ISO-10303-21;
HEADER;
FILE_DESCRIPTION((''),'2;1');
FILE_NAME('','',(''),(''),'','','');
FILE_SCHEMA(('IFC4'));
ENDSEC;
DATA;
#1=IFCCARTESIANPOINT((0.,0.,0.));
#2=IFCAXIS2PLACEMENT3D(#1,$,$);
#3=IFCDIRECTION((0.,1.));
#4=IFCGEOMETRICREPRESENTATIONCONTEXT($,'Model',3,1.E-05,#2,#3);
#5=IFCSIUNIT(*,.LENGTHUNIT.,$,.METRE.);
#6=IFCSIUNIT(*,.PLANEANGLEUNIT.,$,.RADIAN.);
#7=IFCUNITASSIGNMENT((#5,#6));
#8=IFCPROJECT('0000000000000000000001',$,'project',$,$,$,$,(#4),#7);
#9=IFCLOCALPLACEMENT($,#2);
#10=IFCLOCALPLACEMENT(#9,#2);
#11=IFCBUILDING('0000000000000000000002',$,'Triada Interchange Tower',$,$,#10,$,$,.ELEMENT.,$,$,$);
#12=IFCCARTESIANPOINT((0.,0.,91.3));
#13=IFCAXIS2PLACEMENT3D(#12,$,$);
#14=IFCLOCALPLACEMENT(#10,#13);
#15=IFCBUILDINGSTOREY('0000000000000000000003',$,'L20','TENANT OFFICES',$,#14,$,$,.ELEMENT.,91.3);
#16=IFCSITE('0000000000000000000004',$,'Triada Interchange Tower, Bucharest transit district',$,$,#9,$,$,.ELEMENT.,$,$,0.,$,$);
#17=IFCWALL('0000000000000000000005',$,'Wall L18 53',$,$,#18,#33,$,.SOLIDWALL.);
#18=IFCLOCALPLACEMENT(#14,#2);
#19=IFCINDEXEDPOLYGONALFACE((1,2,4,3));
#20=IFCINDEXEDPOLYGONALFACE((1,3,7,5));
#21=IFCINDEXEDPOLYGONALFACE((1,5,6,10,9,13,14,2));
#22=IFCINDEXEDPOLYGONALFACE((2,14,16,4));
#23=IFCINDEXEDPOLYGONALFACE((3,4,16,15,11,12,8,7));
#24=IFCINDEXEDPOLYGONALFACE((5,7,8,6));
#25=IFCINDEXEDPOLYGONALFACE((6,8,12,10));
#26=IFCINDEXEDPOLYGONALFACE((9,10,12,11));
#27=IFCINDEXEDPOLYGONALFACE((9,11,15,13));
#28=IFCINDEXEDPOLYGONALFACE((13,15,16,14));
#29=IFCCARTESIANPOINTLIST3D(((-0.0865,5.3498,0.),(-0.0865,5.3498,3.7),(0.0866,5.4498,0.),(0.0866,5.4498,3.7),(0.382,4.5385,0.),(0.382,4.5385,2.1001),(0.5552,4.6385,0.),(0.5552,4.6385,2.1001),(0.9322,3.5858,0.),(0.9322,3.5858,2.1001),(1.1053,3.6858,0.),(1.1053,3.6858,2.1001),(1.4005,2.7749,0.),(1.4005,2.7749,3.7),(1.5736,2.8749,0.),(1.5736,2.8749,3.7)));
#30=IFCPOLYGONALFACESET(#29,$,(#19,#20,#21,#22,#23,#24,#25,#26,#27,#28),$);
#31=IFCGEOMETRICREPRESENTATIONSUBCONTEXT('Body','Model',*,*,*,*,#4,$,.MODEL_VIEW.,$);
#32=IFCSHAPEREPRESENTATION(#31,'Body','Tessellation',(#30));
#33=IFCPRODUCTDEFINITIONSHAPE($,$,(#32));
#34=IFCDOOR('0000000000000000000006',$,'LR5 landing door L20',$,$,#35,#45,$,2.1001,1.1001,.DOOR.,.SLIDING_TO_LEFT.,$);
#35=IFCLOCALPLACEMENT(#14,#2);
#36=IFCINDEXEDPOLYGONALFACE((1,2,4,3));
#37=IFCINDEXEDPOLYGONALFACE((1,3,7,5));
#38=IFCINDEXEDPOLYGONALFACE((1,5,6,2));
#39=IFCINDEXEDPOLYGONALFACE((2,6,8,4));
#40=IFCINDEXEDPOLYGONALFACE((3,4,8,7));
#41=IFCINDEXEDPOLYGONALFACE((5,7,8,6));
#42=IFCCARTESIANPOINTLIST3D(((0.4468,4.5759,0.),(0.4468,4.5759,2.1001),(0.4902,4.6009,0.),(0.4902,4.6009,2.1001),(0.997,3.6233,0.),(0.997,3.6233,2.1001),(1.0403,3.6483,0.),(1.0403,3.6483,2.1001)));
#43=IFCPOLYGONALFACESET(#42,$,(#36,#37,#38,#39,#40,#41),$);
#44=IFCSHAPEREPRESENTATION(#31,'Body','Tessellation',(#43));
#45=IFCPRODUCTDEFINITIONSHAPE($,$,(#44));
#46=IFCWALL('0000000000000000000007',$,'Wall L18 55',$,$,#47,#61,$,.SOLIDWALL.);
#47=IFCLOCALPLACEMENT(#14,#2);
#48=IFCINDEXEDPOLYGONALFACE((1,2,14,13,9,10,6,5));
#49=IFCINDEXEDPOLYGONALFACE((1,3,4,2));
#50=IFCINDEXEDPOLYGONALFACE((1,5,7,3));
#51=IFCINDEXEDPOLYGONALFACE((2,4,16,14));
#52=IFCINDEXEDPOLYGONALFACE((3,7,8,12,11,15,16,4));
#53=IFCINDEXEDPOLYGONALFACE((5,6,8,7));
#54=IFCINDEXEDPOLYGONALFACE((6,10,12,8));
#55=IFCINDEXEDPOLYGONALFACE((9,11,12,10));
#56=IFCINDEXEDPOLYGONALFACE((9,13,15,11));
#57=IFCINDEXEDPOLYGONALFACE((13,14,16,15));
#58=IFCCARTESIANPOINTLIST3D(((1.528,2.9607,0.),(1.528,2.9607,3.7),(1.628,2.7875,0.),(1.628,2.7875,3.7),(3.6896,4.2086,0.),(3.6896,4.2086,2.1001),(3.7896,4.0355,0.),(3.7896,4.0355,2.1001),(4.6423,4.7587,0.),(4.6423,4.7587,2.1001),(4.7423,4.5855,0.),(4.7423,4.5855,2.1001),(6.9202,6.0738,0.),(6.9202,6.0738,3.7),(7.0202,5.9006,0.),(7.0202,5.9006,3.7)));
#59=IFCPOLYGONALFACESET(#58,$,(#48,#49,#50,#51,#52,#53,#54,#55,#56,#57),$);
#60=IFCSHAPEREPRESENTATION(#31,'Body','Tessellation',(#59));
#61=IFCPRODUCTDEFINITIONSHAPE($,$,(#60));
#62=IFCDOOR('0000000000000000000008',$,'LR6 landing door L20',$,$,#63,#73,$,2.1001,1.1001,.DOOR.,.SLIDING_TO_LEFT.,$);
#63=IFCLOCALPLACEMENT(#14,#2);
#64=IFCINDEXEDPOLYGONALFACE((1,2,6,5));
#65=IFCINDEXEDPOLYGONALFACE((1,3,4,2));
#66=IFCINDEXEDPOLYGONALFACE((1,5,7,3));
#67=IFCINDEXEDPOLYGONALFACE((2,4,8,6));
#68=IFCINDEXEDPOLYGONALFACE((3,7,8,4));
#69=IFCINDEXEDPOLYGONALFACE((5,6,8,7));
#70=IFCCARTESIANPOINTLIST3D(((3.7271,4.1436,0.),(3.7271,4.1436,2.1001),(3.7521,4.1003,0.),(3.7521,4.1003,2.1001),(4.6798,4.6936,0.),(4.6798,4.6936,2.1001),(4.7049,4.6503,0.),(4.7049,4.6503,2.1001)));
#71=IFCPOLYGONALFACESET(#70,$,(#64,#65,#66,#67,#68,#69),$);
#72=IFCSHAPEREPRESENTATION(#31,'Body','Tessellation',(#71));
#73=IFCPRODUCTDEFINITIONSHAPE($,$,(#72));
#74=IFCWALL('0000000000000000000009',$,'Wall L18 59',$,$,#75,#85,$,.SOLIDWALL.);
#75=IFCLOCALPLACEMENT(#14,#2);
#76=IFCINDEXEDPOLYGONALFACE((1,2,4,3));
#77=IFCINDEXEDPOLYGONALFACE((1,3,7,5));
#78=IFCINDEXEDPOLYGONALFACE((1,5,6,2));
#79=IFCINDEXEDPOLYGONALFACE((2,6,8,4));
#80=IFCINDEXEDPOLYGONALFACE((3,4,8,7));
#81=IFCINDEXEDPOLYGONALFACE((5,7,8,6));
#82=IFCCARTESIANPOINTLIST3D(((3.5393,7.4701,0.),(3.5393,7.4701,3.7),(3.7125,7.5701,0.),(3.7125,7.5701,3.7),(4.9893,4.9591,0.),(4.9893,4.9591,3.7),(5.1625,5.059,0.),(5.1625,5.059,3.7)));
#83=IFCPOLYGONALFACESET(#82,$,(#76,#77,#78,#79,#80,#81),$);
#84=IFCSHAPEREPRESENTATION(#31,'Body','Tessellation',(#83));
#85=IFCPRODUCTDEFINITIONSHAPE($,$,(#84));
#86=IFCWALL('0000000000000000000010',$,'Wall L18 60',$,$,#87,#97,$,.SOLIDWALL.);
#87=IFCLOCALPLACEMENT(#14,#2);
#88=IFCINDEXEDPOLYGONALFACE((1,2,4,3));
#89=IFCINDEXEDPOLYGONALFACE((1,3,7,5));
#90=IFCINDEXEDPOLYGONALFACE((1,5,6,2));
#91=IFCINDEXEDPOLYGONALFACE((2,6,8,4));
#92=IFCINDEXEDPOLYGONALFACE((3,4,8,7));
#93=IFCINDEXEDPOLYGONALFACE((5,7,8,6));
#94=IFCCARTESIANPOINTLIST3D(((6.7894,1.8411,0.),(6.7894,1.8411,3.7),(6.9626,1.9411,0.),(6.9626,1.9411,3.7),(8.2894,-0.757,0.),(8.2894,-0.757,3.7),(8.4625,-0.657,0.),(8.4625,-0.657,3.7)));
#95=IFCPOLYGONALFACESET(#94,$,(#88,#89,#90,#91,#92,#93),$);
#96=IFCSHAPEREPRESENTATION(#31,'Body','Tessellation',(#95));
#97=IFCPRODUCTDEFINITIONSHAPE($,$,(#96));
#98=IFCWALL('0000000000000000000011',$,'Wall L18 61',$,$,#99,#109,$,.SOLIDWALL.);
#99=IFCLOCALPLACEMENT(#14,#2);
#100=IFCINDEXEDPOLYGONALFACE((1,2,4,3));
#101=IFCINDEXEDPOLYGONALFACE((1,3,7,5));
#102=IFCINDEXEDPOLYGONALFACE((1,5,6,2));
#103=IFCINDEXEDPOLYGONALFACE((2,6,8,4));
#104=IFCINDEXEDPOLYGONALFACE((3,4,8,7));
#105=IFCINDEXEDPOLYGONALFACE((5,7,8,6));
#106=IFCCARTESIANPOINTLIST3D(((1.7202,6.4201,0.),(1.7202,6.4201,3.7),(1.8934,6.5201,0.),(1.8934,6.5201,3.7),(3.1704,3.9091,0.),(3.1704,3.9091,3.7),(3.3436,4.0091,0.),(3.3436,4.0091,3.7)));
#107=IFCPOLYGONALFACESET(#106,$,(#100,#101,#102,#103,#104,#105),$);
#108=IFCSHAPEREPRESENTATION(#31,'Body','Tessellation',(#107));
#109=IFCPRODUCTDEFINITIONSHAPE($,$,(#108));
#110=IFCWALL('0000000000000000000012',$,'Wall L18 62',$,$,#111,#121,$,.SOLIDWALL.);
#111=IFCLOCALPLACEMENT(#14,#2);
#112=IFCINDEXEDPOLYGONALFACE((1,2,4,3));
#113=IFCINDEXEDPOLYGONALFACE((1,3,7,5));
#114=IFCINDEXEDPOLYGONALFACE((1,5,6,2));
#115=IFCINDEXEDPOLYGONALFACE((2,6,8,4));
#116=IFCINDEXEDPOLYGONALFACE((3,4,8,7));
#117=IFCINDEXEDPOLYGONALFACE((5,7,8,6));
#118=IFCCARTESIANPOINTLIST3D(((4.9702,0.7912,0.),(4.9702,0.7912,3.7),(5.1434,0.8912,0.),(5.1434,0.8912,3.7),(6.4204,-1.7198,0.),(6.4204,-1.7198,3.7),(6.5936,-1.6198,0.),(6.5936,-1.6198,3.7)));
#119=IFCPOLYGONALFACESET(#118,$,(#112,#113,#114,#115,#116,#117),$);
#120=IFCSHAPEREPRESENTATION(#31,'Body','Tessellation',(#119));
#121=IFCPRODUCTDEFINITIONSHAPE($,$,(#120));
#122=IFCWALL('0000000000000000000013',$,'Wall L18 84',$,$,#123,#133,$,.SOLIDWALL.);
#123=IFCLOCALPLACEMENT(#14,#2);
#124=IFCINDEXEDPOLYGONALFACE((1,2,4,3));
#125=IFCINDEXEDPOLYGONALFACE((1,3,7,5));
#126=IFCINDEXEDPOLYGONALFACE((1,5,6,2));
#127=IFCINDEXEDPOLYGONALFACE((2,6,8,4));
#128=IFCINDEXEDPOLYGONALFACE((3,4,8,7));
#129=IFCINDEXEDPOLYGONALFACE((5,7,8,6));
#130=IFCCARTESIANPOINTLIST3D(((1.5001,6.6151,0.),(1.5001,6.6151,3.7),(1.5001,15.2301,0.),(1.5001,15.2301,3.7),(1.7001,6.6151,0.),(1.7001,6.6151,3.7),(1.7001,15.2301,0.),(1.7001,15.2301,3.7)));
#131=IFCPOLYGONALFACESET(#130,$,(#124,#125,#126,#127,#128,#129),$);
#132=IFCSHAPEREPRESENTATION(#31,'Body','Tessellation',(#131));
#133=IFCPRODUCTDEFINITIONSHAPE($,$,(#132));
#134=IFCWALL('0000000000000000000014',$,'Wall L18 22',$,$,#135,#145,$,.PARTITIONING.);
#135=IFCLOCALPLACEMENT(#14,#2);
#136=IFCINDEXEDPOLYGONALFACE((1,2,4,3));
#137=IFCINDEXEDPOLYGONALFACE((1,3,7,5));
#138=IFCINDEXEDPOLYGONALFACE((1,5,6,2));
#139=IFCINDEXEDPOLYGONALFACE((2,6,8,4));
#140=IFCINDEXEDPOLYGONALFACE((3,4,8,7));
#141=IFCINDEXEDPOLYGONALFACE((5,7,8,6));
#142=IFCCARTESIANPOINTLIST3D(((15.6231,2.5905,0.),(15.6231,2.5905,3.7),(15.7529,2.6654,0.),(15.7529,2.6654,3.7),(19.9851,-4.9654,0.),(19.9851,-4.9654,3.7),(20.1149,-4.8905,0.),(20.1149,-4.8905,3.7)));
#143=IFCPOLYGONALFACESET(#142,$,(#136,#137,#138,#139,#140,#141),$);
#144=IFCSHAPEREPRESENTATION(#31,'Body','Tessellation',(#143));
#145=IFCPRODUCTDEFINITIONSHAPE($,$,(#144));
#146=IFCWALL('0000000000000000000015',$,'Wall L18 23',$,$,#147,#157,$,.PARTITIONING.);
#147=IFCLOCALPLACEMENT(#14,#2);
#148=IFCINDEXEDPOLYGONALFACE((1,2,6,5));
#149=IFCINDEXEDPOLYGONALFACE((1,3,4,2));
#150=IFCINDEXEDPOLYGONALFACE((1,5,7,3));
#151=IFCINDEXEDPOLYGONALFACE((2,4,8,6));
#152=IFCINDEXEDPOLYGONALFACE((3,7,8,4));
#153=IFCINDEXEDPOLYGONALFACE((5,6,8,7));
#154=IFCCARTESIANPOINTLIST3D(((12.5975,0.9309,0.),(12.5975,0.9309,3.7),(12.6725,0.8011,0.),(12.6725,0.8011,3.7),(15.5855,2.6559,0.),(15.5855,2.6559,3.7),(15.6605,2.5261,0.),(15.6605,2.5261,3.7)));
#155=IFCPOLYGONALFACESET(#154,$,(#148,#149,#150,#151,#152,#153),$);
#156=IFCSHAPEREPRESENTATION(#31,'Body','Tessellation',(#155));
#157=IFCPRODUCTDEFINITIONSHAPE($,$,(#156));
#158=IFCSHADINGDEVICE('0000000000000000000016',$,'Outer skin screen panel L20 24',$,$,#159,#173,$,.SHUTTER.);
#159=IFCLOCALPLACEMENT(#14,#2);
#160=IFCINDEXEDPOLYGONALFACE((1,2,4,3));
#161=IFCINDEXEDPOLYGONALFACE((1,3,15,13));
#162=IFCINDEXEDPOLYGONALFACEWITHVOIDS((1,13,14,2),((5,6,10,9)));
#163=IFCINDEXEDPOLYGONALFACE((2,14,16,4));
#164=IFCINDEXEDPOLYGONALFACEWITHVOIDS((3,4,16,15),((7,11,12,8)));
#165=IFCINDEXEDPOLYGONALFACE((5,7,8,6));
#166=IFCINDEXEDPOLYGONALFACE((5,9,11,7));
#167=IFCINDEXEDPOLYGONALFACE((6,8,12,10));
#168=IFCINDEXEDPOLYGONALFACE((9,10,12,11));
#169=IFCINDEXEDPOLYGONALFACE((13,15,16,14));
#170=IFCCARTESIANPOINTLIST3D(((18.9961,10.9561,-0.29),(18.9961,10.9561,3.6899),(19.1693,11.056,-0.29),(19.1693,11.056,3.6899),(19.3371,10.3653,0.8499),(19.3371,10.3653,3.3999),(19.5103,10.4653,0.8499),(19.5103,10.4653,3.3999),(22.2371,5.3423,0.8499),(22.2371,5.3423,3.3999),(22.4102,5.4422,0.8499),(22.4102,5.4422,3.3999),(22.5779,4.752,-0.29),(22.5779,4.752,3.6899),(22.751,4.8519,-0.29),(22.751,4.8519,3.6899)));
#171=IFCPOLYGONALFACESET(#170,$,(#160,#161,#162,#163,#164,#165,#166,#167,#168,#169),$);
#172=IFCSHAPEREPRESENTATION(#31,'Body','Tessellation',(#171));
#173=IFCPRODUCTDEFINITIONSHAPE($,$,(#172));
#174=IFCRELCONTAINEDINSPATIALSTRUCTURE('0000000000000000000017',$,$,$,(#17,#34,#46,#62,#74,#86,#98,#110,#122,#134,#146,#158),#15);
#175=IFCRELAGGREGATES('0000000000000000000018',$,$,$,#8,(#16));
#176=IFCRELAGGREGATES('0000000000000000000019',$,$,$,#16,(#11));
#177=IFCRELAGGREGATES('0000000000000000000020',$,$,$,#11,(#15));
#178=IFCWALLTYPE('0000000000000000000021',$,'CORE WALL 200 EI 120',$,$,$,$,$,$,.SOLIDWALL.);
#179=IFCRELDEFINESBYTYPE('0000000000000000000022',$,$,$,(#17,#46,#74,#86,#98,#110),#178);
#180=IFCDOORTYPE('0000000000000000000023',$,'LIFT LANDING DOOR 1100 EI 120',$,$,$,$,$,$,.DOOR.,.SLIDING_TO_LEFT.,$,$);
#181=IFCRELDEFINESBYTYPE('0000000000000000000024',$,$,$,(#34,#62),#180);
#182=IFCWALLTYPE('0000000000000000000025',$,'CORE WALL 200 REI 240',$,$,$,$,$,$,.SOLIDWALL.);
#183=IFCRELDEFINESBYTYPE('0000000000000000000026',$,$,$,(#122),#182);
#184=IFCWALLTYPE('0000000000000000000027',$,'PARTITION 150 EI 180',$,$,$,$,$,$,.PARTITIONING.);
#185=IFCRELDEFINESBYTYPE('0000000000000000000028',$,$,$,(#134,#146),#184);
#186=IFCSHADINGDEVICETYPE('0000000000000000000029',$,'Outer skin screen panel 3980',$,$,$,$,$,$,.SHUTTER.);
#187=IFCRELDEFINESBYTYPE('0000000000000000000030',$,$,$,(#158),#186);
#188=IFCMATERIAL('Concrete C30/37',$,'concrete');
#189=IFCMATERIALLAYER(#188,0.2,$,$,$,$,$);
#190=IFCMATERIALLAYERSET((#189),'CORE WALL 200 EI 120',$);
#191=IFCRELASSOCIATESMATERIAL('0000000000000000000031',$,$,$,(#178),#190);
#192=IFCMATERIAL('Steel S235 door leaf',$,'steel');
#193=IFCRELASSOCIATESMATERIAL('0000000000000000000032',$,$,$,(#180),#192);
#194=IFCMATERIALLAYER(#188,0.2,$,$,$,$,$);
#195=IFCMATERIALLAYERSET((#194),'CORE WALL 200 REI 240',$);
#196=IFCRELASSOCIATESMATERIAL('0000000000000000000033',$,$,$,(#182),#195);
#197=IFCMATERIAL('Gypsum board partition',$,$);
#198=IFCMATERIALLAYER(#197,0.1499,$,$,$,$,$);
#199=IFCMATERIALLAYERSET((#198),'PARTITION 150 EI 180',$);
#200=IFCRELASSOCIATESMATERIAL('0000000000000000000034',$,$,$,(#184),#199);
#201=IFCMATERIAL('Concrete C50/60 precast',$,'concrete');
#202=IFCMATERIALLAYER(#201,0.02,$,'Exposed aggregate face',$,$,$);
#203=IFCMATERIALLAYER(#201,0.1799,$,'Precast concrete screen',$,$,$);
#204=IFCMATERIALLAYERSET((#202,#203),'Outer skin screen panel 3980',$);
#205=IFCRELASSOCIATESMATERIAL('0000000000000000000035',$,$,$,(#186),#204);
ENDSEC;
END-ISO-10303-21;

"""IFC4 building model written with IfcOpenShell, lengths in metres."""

from ifc_helpers import new_model, si_unit, direction, frame, frame_2d, origin, place, context, subcontext, project, spatial, polyline, rectangle, outline, extrude, material, layer, layer_set, type_object, element, fill, save


model = new_model("IFC4")

# Units and contexts
model_context = context("Model", 3, precision=1e-05, world=origin(), true_north=direction((0.0, 1.0)))
body_context = subcontext(model_context, "Body", "Model", "MODEL_VIEW")
ifc_project = project(units=[si_unit("LENGTHUNIT", "METRE"), si_unit("PLANEANGLEUNIT", "RADIAN")], contexts=[model_context])

# Site, building, storey
site_placement = place(None, origin())
site = spatial("IfcSite", under=ifc_project, at=site_placement, Name="Triada Interchange Tower, Bucharest transit district", CompositionType="ELEMENT", RefElevation=0.0)
building_placement = place(site_placement, origin())
building = spatial("IfcBuilding", under=site, at=building_placement, Name="Triada Interchange Tower", CompositionType="ELEMENT")
storey_placement = place(building_placement, frame((0.0, 0.0, 91.3)))
storey = spatial("IfcBuildingStorey", under=building, at=storey_placement, Name="L20", Description="TENANT OFFICES", CompositionType="ELEMENT", Elevation=91.3)

# Walls, openings, doors
ifc_material_1 = material(Name="Concrete C30/37", Category="concrete")
ifc_layer_1 = layer(ifc_material_1, 0.2)
ifc_layer_set_1 = layer_set([ifc_layer_1], Name="CORE WALL 200 EI 120")
wall_type_1 = type_object("IfcWallType", Name="CORE WALL 200 EI 120", PredefinedType="SOLIDWALL", material=ifc_layer_set_1)
wall_1_placement = place(storey_placement, frame((0.0, 5.3999, 0.0), z_axis=(0.0, 0.0, 1.0), x_axis=(0.500104, -0.865965, 0.0)))
wall_1 = element("IfcWall", 1, at=wall_1_placement, inside=storey, type_object=wall_type_1, Name="Wall L18 53", PredefinedType="SOLIDWALL", context=body_context, shape_type="SweptSolid", body=[
    extrude(rectangle(XDim=2.9734, YDim=0.2, at=frame_2d((1.4868, 0.0))), origin(), (0.0, 0.0, 1.0), 3.7),
])
opening_1_placement = place(wall_1_placement, frame((0.937, 0.0, 0.0)))
opening_1 = element("IfcOpeningElement", 2, at=opening_1_placement, cuts=wall_1, PredefinedType="OPENING", context=body_context, shape_type="SweptSolid", body=[
    extrude(rectangle(XDim=1.1001, YDim=2.1001, at=frame_2d((0.55, 1.05))), frame((0.0, 0.1099, 0.0), z_axis=(0.0, -1.0, 0.0), x_axis=(1.0, 0.0, 0.0)), (0.0, 0.0, 1.0), 0.22),
])
ifc_material_2 = material(Name="Steel S235 door leaf", Category="steel")
door_type = type_object("IfcDoorType", Name="LIFT LANDING DOOR 1100 EI 120", OperationType="SLIDING_TO_LEFT", PredefinedType="DOOR", material=ifc_material_2)
door_1_placement = place(opening_1_placement, origin())
door_1 = element("IfcDoor", 3, at=door_1_placement, inside=storey, type_object=door_type, Name="LR5 landing door L20", OperationType="SLIDING_TO_LEFT", OverallHeight=2.1001, OverallWidth=1.1001, PredefinedType="DOOR", context=body_context, shape_type="SweptSolid", body=[
    extrude(rectangle(XDim=1.1001, YDim=2.1001, at=frame_2d((0.55, 1.05))), frame((0.0, 0.0249, 0.0), z_axis=(0.0, -1.0, 0.0), x_axis=(1.0, 0.0, 0.0)), (0.0, 0.0, 1.0), 0.05),
])
fill(opening_1, door_1)
wall_2_placement = place(storey_placement, frame((1.5779, 2.874, 0.0), z_axis=(0.0, 0.0, 1.0), x_axis=(0.866031, 0.499989, 0.0)))
wall_2 = element("IfcWall", 4, at=wall_2_placement, inside=storey, type_object=wall_type_1, Name="Wall L18 55", PredefinedType="SOLIDWALL", context=body_context, shape_type="SweptSolid", body=[
    extrude(rectangle(XDim=6.2263, YDim=0.2, at=frame_2d((3.1133, 0.0))), origin(), (0.0, 0.0, 1.0), 3.7),
])
opening_2_placement = place(wall_2_placement, frame((2.4961, 0.0, 0.0)))
opening_2 = element("IfcOpeningElement", 5, at=opening_2_placement, cuts=wall_2, PredefinedType="OPENING", context=body_context, shape_type="SweptSolid", body=[
    extrude(rectangle(XDim=1.1001, YDim=2.1001, at=frame_2d((0.55, 1.05))), frame((0.0, 0.1099, 0.0), z_axis=(0.0, -1.0, 0.0), x_axis=(1.0, 0.0, 0.0)), (0.0, 0.0, 1.0), 0.22),
])
door_2_placement = place(opening_2_placement, origin())
door_2 = element("IfcDoor", 6, at=door_2_placement, inside=storey, type_object=door_type, Name="LR6 landing door L20", OperationType="SLIDING_TO_LEFT", OverallHeight=2.1001, OverallWidth=1.1001, PredefinedType="DOOR", context=body_context, shape_type="SweptSolid", body=[
    extrude(rectangle(XDim=1.1001, YDim=2.1001, at=frame_2d((0.55, 1.05))), frame((0.0, 0.0249, 0.0), z_axis=(0.0, -1.0, 0.0), x_axis=(1.0, 0.0, 0.0)), (0.0, 0.0, 1.0), 0.05),
])
fill(opening_2, door_2)

# Walls
wall_3_placement = place(storey_placement, frame((3.626, 7.52, 0.0), z_axis=(0.0, 0.0, 1.0), x_axis=(0.50006, -0.865991, 0.0)))
element("IfcWall", 7, at=wall_3_placement, inside=storey, type_object=wall_type_1, Name="Wall L18 59", PredefinedType="SOLIDWALL", context=body_context, shape_type="SweptSolid", body=[
    extrude(rectangle(XDim=2.8997, YDim=0.2, at=frame_2d((1.4497, 0.0))), origin(), (0.0, 0.0, 1.0), 3.7),
])
wall_4_placement = place(storey_placement, frame((6.876, 1.8911, 0.0), z_axis=(0.0, 0.0, 1.0), x_axis=(0.49999, -0.866031, 0.0)))
element("IfcWall", 8, at=wall_4_placement, inside=storey, type_object=wall_type_1, Name="Wall L18 60", PredefinedType="SOLIDWALL", context=body_context, shape_type="SweptSolid", body=[
    extrude(rectangle(XDim=3.0, YDim=0.2, at=frame_2d((1.5, 0.0))), origin(), (0.0, 0.0, 1.0), 3.7),
])
for number, where, z_axis, x_axis, name in (
    (9, (1.8069, 6.47, 0.0), (0.0, 0.0, 1.0), (0.500123, -0.865954, 0.0), "Wall L18 61"),
    (10, (5.0569, 0.8411, 0.0), (0.0, 0.0, 1.0), (0.500123, -0.865954, 0.0), "Wall L18 62"),
):
    element("IfcWall", number, at=place(storey_placement, frame(where, z_axis=z_axis, x_axis=x_axis)), inside=storey, type_object=wall_type_1, Name=name, PredefinedType="SOLIDWALL", context=body_context, shape_type="SweptSolid", body=[
        extrude(rectangle(XDim=2.8997, YDim=0.2, at=frame_2d((1.4497, 0.0))), origin(), (0.0, 0.0, 1.0), 3.7),
    ])
ifc_layer_2 = layer(ifc_material_1, 0.2)
ifc_layer_set_2 = layer_set([ifc_layer_2], Name="CORE WALL 200 REI 240")
wall_type_2 = type_object("IfcWallType", Name="CORE WALL 200 REI 240", PredefinedType="SOLIDWALL", material=ifc_layer_set_2)
wall_5_placement = place(storey_placement, frame((1.6001, 6.615, 0.0), z_axis=(0.0, 0.0, 1.0), x_axis=(0.0, 1.0, 0.0)))
element("IfcWall", 11, at=wall_5_placement, inside=storey, type_object=wall_type_2, Name="Wall L18 84", PredefinedType="SOLIDWALL", context=body_context, shape_type="SweptSolid", body=[
    extrude(rectangle(XDim=8.615, YDim=0.2, at=frame_2d((4.3076, 0.0))), origin(), (0.0, 0.0, 1.0), 3.7),
])
ifc_material_3 = material(Name="Gypsum board partition")
ifc_layer_3 = layer(ifc_material_3, 0.1499)
ifc_layer_set_3 = layer_set([ifc_layer_3], Name="PARTITION 150 EI 180")
wall_type_3 = type_object("IfcWallType", Name="PARTITION 150 EI 180", PredefinedType="PARTITIONING", material=ifc_layer_set_3)
wall_6_placement = place(storey_placement, frame((15.688, 2.6279, 0.0), z_axis=(0.0, 0.0, 1.0), x_axis=(0.49997, -0.866043, 0.0)))
element("IfcWall", 12, at=wall_6_placement, inside=storey, type_object=wall_type_3, Name="Wall L18 22", PredefinedType="PARTITIONING", context=body_context, shape_type="SweptSolid", body=[
    extrude(rectangle(XDim=8.7246, YDim=0.1499, at=frame_2d((4.3623, 0.0))), origin(), (0.0, 0.0, 1.0), 3.7),
])
wall_7_placement = place(storey_placement, frame((12.635, 0.866, 0.0), z_axis=(0.0, 0.0, 1.0), x_axis=(0.866031, 0.49999, 0.0)))
element("IfcWall", 13, at=wall_7_placement, inside=storey, type_object=wall_type_3, Name="Wall L18 23", PredefinedType="PARTITIONING", context=body_context, shape_type="SweptSolid", body=[
    extrude(rectangle(XDim=3.4502, YDim=0.1499, at=frame_2d((1.7251, 0.0))), origin(), (0.0, 0.0, 1.0), 3.7),
])

# Shading device
ifc_material_4 = material(Name="Concrete C50/60 precast", Category="concrete")
ifc_layer_4 = layer(ifc_material_4, 0.02, Name="Exposed aggregate face")
ifc_layer_5 = layer(ifc_material_4, 0.1799, Name="Precast concrete screen")
ifc_layer_set_4 = layer_set([ifc_layer_4, ifc_layer_5], Name="Outer skin screen panel 3980")
shading_device_type = type_object("IfcShadingDeviceType", Name="Outer skin screen panel 3980", PredefinedType="SHUTTER", material=ifc_layer_set_4)
shading_device_placement = place(storey_placement, frame((22.5779, 4.752, -0.29), z_axis=(0.0, 0.0, 1.0), x_axis=(-0.499984, 0.866035, 0.0)))
element("IfcShadingDevice", 14, at=shading_device_placement, inside=storey, type_object=shading_device_type, Name="Outer skin screen panel L20 24", PredefinedType="SHUTTER", context=body_context, shape_type="SweptSolid", body=[
    extrude(outline(polyline([(0.0, 0.0), (7.1638, 0.0), (7.1638, 3.98), (0.0, 3.98), (0.0, 0.0)]), holes=[polyline([(0.6816, 1.1399), (0.6816, 3.6899), (6.4817, 3.6899), (6.4817, 1.1399), (0.6816, 1.1399)])]), frame((0.0, 0.0, 0.0), z_axis=(0.0, -1.0, 0.0), x_axis=(1.0, 0.0, 0.0)), (0.0, 0.0, 1.0), 0.2),
])

save(model, "model.ifc")
